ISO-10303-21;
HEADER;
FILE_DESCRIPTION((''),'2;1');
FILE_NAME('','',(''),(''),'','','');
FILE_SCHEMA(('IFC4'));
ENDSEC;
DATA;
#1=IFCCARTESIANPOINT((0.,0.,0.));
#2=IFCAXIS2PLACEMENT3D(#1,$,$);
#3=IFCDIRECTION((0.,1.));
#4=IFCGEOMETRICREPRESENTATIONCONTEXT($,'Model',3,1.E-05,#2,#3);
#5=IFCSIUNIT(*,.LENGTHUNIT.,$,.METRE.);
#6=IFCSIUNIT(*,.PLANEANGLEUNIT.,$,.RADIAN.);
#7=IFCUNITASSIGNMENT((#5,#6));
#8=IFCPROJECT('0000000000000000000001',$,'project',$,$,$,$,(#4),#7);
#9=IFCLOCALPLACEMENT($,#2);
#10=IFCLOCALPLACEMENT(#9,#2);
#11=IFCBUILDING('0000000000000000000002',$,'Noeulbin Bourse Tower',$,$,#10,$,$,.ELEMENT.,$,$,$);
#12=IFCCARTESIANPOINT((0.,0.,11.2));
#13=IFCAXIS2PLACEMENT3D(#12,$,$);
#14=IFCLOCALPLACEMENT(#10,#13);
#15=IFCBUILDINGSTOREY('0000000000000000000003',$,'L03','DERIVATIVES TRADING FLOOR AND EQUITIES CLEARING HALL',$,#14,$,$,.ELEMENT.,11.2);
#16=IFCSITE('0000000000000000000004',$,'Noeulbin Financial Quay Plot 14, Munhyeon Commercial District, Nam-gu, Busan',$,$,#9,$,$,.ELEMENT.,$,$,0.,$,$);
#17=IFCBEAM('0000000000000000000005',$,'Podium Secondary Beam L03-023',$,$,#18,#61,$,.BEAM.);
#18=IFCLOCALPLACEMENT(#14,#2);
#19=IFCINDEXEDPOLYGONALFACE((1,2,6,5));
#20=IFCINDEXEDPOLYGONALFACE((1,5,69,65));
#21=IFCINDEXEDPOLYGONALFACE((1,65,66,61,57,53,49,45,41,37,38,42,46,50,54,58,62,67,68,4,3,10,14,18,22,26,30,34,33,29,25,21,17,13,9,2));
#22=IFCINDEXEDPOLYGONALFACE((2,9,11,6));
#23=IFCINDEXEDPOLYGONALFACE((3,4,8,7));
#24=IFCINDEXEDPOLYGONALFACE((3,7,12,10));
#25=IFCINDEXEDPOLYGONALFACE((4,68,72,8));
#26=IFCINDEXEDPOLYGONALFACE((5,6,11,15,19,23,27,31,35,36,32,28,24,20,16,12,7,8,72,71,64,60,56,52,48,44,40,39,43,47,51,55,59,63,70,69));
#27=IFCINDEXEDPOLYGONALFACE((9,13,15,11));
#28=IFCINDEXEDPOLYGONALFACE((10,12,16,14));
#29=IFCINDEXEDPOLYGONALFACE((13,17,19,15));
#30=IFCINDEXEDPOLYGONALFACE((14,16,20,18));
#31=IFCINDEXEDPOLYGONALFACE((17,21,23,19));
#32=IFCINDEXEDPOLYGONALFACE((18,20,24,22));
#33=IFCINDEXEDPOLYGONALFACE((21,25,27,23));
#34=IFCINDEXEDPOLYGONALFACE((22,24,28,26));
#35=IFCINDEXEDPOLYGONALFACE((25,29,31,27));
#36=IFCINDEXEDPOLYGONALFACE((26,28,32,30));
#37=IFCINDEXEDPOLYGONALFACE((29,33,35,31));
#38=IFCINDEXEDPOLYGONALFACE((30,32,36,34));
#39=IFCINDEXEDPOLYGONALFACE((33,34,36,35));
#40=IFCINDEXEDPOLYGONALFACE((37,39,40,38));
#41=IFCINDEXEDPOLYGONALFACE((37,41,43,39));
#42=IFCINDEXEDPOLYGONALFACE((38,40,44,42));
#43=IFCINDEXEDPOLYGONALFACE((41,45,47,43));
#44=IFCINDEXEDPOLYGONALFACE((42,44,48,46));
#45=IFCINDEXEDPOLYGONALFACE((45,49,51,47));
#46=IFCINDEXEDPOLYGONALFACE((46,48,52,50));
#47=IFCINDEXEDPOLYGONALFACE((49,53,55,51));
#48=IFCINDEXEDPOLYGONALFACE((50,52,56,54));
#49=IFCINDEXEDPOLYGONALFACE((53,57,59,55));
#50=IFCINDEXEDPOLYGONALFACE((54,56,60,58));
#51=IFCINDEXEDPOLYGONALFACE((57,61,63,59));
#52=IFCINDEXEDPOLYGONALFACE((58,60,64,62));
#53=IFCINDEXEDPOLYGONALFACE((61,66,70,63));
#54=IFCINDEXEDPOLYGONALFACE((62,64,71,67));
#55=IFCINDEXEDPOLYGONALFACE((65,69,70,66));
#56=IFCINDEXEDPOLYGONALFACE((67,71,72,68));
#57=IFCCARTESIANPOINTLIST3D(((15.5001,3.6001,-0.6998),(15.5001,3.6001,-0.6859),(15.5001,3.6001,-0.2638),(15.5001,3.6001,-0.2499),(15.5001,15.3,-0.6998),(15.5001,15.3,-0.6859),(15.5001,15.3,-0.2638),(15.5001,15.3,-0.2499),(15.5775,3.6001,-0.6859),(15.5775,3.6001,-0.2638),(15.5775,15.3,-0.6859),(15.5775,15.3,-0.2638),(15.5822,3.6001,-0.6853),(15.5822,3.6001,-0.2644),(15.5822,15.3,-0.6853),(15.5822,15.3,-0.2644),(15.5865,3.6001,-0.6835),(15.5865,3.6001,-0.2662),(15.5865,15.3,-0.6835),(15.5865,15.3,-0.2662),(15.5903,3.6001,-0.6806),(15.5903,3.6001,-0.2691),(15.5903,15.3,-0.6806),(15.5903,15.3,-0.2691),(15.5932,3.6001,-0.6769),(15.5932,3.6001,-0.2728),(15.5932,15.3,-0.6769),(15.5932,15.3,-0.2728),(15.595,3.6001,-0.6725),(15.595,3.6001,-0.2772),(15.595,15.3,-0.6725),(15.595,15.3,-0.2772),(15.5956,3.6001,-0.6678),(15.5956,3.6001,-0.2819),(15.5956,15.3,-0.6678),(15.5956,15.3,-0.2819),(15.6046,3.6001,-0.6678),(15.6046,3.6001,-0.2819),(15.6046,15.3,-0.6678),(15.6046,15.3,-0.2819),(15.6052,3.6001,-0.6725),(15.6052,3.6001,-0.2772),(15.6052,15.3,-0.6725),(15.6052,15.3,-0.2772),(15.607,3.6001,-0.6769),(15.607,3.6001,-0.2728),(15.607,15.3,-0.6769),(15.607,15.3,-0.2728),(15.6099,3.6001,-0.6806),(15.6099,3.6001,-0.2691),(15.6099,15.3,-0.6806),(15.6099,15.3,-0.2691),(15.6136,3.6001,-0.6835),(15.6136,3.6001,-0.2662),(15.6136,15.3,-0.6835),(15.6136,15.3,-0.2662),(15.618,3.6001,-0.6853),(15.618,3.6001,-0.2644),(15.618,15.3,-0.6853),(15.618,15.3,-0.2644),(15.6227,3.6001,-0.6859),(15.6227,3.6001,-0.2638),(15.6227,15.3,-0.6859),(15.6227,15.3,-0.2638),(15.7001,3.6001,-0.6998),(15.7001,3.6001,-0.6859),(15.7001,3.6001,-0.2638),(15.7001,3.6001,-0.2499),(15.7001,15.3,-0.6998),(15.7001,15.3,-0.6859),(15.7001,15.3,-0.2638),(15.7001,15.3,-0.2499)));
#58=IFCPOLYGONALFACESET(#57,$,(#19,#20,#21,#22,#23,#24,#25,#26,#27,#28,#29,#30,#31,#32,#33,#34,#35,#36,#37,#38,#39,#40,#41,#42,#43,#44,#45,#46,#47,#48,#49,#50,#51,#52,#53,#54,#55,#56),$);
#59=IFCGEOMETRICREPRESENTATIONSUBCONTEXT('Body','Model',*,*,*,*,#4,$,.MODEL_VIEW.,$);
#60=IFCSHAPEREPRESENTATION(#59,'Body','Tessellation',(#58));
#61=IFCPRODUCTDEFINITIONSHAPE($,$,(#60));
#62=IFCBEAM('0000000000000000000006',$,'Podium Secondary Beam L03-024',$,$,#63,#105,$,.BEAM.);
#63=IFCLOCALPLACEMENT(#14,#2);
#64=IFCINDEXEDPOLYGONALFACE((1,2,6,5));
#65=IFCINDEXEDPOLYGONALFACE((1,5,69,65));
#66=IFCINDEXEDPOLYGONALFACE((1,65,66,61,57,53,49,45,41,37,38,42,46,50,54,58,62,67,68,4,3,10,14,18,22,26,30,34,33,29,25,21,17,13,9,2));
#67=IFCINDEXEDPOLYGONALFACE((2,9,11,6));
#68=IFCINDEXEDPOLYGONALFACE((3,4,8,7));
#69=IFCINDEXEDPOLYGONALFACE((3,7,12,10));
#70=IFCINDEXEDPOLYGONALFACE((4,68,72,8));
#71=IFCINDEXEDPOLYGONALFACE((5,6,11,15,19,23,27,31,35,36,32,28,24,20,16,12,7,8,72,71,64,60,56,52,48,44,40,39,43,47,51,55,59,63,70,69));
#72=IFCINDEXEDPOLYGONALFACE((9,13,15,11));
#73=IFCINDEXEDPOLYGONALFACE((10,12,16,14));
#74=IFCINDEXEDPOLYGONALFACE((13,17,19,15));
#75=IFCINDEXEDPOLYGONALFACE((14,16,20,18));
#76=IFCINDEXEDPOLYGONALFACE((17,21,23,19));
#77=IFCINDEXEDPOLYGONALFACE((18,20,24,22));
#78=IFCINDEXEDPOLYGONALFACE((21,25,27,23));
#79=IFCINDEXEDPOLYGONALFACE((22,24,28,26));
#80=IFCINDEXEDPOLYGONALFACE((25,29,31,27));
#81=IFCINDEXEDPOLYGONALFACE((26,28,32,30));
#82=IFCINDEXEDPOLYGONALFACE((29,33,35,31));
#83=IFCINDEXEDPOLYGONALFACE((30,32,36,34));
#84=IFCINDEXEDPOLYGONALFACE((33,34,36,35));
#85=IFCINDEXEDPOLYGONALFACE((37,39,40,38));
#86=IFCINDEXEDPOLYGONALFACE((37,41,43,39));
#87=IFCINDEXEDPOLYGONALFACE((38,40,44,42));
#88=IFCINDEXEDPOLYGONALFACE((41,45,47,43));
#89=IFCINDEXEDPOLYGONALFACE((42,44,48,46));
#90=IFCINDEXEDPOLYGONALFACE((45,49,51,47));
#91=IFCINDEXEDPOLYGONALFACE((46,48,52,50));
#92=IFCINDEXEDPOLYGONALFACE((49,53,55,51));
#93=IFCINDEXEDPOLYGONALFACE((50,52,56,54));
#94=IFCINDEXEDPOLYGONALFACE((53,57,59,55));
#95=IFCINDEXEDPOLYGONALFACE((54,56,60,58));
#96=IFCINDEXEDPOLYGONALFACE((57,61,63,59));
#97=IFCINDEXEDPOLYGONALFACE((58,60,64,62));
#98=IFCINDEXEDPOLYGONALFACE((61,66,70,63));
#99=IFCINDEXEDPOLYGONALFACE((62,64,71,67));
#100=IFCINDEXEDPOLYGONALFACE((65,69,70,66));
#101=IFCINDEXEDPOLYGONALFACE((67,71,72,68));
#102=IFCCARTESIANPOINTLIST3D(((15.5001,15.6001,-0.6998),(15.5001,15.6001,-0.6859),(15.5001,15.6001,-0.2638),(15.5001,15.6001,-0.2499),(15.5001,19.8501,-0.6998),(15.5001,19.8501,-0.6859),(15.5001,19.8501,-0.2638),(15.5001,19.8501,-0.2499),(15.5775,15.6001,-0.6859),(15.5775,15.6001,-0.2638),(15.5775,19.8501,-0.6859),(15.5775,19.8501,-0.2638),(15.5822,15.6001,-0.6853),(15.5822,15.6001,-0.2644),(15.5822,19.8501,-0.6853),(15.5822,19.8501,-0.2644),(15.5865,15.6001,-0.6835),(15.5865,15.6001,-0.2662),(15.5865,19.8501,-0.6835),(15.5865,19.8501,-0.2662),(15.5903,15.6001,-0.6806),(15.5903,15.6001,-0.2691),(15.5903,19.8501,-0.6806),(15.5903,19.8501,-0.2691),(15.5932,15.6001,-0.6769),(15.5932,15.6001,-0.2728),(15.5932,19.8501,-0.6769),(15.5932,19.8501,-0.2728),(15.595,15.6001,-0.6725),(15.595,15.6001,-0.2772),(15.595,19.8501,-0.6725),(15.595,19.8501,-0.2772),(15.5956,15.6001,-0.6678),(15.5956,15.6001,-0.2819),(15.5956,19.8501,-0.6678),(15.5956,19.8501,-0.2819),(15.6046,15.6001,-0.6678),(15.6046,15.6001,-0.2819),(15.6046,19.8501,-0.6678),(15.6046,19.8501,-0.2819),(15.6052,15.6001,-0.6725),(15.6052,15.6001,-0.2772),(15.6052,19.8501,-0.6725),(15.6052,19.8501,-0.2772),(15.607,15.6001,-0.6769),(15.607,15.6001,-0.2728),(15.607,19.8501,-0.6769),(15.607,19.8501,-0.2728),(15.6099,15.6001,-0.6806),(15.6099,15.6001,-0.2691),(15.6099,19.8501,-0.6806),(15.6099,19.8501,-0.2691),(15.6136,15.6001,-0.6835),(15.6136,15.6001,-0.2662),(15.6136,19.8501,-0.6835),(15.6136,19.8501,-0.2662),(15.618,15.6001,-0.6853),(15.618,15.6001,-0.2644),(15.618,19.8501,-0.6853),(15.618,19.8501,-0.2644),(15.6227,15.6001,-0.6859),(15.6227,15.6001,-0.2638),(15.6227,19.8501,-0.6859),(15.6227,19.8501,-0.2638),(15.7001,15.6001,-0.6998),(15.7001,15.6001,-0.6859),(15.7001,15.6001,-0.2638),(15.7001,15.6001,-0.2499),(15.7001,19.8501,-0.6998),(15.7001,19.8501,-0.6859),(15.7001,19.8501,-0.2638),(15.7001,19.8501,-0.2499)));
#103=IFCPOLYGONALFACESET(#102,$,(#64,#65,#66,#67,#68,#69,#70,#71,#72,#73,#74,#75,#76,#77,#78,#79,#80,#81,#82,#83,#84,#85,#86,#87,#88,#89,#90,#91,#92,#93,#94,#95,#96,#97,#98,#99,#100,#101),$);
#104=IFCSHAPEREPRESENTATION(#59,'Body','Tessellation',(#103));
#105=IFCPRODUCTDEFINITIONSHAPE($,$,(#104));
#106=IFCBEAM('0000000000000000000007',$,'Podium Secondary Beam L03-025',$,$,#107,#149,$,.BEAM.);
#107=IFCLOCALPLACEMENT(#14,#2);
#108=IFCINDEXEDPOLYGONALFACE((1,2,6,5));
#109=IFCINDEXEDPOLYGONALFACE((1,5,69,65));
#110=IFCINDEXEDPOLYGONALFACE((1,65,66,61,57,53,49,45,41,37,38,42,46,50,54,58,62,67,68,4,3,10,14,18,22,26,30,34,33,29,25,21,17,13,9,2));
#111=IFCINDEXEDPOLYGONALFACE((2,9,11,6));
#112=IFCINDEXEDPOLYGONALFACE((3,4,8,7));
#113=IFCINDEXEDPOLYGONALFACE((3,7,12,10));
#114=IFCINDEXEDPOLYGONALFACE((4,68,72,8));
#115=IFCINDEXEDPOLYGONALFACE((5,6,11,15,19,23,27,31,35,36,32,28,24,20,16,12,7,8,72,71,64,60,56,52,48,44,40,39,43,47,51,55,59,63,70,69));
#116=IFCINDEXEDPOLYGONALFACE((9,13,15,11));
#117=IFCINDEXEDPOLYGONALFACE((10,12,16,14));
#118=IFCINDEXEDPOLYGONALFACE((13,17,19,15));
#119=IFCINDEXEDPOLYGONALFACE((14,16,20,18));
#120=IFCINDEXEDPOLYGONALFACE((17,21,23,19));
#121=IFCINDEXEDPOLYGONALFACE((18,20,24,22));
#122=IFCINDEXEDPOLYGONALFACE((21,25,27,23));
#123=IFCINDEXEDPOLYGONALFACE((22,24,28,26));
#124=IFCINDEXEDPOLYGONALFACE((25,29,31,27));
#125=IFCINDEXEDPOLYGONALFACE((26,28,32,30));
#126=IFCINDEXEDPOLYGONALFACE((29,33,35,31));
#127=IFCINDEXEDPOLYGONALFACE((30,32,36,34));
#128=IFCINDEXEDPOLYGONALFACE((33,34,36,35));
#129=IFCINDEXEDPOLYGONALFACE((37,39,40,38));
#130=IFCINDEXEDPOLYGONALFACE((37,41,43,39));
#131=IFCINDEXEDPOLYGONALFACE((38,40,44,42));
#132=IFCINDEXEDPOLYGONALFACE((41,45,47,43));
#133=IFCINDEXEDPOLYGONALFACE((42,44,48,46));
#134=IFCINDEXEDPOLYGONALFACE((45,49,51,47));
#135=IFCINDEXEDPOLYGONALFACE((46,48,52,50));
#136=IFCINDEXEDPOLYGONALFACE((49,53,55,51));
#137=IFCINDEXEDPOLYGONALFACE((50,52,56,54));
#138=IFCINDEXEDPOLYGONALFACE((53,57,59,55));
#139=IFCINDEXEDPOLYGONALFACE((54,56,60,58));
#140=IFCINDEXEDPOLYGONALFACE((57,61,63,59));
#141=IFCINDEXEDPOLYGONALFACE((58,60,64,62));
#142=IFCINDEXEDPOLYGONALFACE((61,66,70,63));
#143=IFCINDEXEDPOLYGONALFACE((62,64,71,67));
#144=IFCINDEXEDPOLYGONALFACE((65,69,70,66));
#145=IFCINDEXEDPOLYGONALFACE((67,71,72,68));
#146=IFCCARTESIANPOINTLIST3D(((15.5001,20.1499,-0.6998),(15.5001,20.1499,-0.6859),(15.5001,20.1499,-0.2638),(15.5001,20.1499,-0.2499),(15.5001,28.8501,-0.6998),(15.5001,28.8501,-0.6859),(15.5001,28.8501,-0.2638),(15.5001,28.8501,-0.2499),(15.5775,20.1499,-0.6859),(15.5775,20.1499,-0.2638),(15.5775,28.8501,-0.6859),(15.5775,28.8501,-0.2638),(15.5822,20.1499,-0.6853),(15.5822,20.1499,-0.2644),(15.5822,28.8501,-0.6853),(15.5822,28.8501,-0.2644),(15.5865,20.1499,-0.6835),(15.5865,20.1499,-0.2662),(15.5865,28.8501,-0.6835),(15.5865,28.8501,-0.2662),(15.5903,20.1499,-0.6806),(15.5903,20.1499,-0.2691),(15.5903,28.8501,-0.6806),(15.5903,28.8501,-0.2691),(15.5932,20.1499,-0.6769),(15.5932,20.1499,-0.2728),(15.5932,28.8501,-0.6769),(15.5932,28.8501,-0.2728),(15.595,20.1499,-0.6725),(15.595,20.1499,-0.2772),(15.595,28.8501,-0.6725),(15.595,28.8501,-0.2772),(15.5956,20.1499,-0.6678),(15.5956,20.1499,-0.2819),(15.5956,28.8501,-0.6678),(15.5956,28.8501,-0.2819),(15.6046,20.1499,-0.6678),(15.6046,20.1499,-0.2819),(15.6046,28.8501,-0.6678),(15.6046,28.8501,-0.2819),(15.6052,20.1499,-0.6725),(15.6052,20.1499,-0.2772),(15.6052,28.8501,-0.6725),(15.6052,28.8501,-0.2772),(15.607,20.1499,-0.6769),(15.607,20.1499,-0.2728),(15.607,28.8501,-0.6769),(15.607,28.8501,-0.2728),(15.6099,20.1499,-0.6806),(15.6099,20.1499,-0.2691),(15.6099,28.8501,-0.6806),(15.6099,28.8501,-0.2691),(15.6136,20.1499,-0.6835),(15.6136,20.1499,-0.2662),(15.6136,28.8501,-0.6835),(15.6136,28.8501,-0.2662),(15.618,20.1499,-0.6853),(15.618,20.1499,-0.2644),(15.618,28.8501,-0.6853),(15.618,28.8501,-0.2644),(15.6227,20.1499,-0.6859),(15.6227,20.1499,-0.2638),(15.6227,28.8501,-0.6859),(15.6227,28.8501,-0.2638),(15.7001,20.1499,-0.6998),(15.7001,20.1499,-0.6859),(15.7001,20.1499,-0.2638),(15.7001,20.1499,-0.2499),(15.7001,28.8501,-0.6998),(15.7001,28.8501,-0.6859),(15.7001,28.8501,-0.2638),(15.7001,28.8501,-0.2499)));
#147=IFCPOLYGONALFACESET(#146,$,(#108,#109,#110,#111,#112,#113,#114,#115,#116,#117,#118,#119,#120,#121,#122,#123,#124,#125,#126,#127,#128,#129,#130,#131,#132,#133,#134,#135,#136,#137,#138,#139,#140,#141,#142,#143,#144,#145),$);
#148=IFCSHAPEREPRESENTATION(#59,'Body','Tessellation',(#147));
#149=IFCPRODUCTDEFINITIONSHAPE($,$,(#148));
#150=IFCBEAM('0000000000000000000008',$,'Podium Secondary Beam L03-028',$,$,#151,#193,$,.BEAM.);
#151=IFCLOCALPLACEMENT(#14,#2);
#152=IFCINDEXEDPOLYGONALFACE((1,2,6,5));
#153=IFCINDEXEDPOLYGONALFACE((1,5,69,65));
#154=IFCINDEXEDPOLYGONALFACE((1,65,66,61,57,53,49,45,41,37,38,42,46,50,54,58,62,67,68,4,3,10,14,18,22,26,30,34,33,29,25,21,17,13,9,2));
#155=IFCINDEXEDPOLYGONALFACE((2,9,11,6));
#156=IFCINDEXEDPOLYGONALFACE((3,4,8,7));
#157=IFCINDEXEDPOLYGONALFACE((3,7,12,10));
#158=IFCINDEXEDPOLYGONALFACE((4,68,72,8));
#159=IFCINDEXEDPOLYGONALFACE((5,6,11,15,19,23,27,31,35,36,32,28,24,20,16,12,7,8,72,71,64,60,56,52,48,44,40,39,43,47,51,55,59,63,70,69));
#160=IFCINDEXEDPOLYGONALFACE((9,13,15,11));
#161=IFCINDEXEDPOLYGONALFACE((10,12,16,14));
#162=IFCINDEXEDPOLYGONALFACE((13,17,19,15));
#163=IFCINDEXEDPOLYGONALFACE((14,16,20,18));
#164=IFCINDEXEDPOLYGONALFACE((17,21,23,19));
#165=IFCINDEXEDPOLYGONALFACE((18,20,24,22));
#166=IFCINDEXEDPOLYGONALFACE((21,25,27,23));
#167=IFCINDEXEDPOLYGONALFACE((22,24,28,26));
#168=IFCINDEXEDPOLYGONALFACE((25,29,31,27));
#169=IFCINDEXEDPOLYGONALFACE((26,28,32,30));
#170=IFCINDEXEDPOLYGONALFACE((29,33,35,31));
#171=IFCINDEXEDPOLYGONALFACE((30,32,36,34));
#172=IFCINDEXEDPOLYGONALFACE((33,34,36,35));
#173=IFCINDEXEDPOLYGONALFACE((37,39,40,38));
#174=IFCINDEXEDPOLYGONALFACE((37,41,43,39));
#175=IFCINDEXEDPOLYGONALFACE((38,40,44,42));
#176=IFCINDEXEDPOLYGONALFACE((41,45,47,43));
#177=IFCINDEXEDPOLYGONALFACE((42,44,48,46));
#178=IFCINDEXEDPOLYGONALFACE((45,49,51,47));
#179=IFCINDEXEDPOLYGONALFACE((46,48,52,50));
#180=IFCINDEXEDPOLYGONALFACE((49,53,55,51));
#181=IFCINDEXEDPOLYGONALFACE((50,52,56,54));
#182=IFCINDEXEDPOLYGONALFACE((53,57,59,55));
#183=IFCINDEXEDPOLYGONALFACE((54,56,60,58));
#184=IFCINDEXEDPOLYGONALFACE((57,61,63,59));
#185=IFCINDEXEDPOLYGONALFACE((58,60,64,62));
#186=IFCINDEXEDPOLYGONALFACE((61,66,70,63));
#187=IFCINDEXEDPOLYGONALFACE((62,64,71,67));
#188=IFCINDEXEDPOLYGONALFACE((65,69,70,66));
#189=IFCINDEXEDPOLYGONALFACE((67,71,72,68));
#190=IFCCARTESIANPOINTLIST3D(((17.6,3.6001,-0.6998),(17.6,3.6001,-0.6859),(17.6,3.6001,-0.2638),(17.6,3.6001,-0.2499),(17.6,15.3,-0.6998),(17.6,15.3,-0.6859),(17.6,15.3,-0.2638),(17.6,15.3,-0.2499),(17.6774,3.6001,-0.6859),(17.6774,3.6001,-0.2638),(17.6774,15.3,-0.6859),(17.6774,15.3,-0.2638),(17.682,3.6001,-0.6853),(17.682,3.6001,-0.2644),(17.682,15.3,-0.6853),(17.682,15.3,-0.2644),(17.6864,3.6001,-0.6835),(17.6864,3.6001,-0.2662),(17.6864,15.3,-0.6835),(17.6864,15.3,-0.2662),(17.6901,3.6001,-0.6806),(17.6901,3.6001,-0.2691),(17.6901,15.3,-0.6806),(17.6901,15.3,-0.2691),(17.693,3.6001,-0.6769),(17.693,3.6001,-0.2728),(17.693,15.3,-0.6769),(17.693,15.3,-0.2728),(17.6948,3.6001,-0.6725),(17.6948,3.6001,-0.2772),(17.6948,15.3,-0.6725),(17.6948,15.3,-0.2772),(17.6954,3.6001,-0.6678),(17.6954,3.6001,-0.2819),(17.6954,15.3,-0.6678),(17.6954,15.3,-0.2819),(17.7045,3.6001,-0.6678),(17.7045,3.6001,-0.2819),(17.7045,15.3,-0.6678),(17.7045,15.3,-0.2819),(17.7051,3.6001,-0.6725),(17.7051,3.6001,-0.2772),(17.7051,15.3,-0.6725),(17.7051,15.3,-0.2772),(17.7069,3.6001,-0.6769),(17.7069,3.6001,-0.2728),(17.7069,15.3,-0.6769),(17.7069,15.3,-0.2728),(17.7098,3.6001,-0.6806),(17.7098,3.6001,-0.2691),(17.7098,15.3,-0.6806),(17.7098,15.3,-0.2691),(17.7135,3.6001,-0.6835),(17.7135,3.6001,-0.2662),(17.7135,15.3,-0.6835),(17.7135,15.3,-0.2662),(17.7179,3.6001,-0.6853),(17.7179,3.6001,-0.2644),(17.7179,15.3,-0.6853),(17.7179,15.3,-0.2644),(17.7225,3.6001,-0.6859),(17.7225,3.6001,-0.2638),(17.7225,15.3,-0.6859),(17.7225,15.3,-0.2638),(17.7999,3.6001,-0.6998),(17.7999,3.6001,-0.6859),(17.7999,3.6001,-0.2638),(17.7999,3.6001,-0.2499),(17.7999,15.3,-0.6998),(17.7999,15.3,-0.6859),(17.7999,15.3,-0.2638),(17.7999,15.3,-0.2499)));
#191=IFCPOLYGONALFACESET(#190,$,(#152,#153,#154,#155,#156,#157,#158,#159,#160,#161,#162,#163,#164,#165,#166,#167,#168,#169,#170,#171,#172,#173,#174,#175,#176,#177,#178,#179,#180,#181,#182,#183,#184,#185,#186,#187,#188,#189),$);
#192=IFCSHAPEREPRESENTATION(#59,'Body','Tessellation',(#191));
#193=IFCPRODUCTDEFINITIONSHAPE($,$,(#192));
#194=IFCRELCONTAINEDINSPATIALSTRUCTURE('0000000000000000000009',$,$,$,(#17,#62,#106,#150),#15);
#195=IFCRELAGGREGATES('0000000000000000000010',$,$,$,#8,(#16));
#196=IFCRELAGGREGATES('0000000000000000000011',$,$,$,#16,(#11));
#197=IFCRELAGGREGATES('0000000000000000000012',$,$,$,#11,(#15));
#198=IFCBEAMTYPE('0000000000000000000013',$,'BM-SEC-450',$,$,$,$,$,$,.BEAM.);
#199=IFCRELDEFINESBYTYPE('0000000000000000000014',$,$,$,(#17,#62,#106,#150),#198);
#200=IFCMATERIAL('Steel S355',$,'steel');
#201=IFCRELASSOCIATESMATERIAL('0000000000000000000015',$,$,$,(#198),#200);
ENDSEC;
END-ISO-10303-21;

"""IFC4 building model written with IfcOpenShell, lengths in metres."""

from ifc_helpers import new_model, si_unit, direction, frame, origin, origin_2d, place, context, subcontext, project, spatial, i_section, extrude, material, material_profile, profile_set, type_object, element, save


model = new_model("IFC4")

# Units and contexts
model_context = context("Model", 3, precision=1e-05, world=origin(), true_north=direction((0.0, 1.0)))
body_context = subcontext(model_context, "Body", "Model", "MODEL_VIEW")
ifc_project = project(units=[si_unit("LENGTHUNIT", "METRE"), si_unit("PLANEANGLEUNIT", "RADIAN")], contexts=[model_context])

# Site, building, storey
site_placement = place(None, origin())
site = spatial("IfcSite", under=ifc_project, at=site_placement, Name="Noeulbin Financial Quay Plot 14, Munhyeon Commercial District, Nam-gu, Busan", CompositionType="ELEMENT", RefElevation=0.0)
building_placement = place(site_placement, origin())
building = spatial("IfcBuilding", under=site, at=building_placement, Name="Noeulbin Bourse Tower", CompositionType="ELEMENT")
storey_placement = place(building_placement, frame((0.0, 0.0, 11.2)))
storey = spatial("IfcBuildingStorey", under=building, at=storey_placement, Name="L03", Description="DERIVATIVES TRADING FLOOR AND EQUITIES CLEARING HALL", CompositionType="ELEMENT", Elevation=11.2)

# Beams
ifc_material_1 = material(Name="Steel S355", Category="steel")
ifc_material_profile_1 = material_profile(ifc_material_1, i_section(OverallWidth=0.2, OverallDepth=0.45, WebThickness=0.009, FlangeThickness=0.0139, FilletRadius=0.0181, at=origin_2d()), Name="H-450x200x9x14", Category="LoadBearing")
ifc_profile_set_1 = profile_set([ifc_material_profile_1], Name="Steel S355")
beam_type_1 = type_object("IfcBeamType", Name="BM-SEC-450", PredefinedType="BEAM", material=ifc_profile_set_1)
beam_1_placement = place(storey_placement, frame((15.6001, 3.6001, -0.4749), z_axis=(0.0, 1.0, 0.0), x_axis=(-1.0, 0.0, 0.0)))
element("IfcBeam", 1, at=beam_1_placement, inside=storey, type_object=beam_type_1, Name="Podium Secondary Beam L03-023", PredefinedType="BEAM", context=body_context, shape_type="SweptSolid", body=[
    extrude(i_section(OverallWidth=0.2, OverallDepth=0.45, WebThickness=0.009, FlangeThickness=0.0139, FilletRadius=0.0181, at=origin_2d()), origin(), (0.0, 0.0, 1.0), 11.7),
])
beam_2_placement = place(storey_placement, frame((15.6001, 15.6001, -0.4749), z_axis=(0.0, 1.0, 0.0), x_axis=(-1.0, 0.0, 0.0)))
element("IfcBeam", 2, at=beam_2_placement, inside=storey, type_object=beam_type_1, Name="Podium Secondary Beam L03-024", PredefinedType="BEAM", context=body_context, shape_type="SweptSolid", body=[
    extrude(i_section(OverallWidth=0.2, OverallDepth=0.45, WebThickness=0.009, FlangeThickness=0.0139, FilletRadius=0.0181, at=origin_2d()), origin(), (0.0, 0.0, 1.0), 4.25),
])
beam_3_placement = place(storey_placement, frame((15.6001, 20.1499, -0.4749), z_axis=(0.0, 1.0, 0.0), x_axis=(-1.0, 0.0, 0.0)))
element("IfcBeam", 3, at=beam_3_placement, inside=storey, type_object=beam_type_1, Name="Podium Secondary Beam L03-025", PredefinedType="BEAM", context=body_context, shape_type="SweptSolid", body=[
    extrude(i_section(OverallWidth=0.2, OverallDepth=0.45, WebThickness=0.009, FlangeThickness=0.0139, FilletRadius=0.0181, at=origin_2d()), origin(), (0.0, 0.0, 1.0), 8.7002),
])
beam_4_placement = place(storey_placement, frame((17.7, 3.6001, -0.4749), z_axis=(0.0, 1.0, 0.0), x_axis=(-1.0, 0.0, 0.0)))
element("IfcBeam", 4, at=beam_4_placement, inside=storey, type_object=beam_type_1, Name="Podium Secondary Beam L03-028", PredefinedType="BEAM", context=body_context, shape_type="SweptSolid", body=[
    extrude(i_section(OverallWidth=0.2, OverallDepth=0.45, WebThickness=0.009, FlangeThickness=0.0139, FilletRadius=0.0181, at=origin_2d()), origin(), (0.0, 0.0, 1.0), 11.7),
])

save(model, "model.ifc")
